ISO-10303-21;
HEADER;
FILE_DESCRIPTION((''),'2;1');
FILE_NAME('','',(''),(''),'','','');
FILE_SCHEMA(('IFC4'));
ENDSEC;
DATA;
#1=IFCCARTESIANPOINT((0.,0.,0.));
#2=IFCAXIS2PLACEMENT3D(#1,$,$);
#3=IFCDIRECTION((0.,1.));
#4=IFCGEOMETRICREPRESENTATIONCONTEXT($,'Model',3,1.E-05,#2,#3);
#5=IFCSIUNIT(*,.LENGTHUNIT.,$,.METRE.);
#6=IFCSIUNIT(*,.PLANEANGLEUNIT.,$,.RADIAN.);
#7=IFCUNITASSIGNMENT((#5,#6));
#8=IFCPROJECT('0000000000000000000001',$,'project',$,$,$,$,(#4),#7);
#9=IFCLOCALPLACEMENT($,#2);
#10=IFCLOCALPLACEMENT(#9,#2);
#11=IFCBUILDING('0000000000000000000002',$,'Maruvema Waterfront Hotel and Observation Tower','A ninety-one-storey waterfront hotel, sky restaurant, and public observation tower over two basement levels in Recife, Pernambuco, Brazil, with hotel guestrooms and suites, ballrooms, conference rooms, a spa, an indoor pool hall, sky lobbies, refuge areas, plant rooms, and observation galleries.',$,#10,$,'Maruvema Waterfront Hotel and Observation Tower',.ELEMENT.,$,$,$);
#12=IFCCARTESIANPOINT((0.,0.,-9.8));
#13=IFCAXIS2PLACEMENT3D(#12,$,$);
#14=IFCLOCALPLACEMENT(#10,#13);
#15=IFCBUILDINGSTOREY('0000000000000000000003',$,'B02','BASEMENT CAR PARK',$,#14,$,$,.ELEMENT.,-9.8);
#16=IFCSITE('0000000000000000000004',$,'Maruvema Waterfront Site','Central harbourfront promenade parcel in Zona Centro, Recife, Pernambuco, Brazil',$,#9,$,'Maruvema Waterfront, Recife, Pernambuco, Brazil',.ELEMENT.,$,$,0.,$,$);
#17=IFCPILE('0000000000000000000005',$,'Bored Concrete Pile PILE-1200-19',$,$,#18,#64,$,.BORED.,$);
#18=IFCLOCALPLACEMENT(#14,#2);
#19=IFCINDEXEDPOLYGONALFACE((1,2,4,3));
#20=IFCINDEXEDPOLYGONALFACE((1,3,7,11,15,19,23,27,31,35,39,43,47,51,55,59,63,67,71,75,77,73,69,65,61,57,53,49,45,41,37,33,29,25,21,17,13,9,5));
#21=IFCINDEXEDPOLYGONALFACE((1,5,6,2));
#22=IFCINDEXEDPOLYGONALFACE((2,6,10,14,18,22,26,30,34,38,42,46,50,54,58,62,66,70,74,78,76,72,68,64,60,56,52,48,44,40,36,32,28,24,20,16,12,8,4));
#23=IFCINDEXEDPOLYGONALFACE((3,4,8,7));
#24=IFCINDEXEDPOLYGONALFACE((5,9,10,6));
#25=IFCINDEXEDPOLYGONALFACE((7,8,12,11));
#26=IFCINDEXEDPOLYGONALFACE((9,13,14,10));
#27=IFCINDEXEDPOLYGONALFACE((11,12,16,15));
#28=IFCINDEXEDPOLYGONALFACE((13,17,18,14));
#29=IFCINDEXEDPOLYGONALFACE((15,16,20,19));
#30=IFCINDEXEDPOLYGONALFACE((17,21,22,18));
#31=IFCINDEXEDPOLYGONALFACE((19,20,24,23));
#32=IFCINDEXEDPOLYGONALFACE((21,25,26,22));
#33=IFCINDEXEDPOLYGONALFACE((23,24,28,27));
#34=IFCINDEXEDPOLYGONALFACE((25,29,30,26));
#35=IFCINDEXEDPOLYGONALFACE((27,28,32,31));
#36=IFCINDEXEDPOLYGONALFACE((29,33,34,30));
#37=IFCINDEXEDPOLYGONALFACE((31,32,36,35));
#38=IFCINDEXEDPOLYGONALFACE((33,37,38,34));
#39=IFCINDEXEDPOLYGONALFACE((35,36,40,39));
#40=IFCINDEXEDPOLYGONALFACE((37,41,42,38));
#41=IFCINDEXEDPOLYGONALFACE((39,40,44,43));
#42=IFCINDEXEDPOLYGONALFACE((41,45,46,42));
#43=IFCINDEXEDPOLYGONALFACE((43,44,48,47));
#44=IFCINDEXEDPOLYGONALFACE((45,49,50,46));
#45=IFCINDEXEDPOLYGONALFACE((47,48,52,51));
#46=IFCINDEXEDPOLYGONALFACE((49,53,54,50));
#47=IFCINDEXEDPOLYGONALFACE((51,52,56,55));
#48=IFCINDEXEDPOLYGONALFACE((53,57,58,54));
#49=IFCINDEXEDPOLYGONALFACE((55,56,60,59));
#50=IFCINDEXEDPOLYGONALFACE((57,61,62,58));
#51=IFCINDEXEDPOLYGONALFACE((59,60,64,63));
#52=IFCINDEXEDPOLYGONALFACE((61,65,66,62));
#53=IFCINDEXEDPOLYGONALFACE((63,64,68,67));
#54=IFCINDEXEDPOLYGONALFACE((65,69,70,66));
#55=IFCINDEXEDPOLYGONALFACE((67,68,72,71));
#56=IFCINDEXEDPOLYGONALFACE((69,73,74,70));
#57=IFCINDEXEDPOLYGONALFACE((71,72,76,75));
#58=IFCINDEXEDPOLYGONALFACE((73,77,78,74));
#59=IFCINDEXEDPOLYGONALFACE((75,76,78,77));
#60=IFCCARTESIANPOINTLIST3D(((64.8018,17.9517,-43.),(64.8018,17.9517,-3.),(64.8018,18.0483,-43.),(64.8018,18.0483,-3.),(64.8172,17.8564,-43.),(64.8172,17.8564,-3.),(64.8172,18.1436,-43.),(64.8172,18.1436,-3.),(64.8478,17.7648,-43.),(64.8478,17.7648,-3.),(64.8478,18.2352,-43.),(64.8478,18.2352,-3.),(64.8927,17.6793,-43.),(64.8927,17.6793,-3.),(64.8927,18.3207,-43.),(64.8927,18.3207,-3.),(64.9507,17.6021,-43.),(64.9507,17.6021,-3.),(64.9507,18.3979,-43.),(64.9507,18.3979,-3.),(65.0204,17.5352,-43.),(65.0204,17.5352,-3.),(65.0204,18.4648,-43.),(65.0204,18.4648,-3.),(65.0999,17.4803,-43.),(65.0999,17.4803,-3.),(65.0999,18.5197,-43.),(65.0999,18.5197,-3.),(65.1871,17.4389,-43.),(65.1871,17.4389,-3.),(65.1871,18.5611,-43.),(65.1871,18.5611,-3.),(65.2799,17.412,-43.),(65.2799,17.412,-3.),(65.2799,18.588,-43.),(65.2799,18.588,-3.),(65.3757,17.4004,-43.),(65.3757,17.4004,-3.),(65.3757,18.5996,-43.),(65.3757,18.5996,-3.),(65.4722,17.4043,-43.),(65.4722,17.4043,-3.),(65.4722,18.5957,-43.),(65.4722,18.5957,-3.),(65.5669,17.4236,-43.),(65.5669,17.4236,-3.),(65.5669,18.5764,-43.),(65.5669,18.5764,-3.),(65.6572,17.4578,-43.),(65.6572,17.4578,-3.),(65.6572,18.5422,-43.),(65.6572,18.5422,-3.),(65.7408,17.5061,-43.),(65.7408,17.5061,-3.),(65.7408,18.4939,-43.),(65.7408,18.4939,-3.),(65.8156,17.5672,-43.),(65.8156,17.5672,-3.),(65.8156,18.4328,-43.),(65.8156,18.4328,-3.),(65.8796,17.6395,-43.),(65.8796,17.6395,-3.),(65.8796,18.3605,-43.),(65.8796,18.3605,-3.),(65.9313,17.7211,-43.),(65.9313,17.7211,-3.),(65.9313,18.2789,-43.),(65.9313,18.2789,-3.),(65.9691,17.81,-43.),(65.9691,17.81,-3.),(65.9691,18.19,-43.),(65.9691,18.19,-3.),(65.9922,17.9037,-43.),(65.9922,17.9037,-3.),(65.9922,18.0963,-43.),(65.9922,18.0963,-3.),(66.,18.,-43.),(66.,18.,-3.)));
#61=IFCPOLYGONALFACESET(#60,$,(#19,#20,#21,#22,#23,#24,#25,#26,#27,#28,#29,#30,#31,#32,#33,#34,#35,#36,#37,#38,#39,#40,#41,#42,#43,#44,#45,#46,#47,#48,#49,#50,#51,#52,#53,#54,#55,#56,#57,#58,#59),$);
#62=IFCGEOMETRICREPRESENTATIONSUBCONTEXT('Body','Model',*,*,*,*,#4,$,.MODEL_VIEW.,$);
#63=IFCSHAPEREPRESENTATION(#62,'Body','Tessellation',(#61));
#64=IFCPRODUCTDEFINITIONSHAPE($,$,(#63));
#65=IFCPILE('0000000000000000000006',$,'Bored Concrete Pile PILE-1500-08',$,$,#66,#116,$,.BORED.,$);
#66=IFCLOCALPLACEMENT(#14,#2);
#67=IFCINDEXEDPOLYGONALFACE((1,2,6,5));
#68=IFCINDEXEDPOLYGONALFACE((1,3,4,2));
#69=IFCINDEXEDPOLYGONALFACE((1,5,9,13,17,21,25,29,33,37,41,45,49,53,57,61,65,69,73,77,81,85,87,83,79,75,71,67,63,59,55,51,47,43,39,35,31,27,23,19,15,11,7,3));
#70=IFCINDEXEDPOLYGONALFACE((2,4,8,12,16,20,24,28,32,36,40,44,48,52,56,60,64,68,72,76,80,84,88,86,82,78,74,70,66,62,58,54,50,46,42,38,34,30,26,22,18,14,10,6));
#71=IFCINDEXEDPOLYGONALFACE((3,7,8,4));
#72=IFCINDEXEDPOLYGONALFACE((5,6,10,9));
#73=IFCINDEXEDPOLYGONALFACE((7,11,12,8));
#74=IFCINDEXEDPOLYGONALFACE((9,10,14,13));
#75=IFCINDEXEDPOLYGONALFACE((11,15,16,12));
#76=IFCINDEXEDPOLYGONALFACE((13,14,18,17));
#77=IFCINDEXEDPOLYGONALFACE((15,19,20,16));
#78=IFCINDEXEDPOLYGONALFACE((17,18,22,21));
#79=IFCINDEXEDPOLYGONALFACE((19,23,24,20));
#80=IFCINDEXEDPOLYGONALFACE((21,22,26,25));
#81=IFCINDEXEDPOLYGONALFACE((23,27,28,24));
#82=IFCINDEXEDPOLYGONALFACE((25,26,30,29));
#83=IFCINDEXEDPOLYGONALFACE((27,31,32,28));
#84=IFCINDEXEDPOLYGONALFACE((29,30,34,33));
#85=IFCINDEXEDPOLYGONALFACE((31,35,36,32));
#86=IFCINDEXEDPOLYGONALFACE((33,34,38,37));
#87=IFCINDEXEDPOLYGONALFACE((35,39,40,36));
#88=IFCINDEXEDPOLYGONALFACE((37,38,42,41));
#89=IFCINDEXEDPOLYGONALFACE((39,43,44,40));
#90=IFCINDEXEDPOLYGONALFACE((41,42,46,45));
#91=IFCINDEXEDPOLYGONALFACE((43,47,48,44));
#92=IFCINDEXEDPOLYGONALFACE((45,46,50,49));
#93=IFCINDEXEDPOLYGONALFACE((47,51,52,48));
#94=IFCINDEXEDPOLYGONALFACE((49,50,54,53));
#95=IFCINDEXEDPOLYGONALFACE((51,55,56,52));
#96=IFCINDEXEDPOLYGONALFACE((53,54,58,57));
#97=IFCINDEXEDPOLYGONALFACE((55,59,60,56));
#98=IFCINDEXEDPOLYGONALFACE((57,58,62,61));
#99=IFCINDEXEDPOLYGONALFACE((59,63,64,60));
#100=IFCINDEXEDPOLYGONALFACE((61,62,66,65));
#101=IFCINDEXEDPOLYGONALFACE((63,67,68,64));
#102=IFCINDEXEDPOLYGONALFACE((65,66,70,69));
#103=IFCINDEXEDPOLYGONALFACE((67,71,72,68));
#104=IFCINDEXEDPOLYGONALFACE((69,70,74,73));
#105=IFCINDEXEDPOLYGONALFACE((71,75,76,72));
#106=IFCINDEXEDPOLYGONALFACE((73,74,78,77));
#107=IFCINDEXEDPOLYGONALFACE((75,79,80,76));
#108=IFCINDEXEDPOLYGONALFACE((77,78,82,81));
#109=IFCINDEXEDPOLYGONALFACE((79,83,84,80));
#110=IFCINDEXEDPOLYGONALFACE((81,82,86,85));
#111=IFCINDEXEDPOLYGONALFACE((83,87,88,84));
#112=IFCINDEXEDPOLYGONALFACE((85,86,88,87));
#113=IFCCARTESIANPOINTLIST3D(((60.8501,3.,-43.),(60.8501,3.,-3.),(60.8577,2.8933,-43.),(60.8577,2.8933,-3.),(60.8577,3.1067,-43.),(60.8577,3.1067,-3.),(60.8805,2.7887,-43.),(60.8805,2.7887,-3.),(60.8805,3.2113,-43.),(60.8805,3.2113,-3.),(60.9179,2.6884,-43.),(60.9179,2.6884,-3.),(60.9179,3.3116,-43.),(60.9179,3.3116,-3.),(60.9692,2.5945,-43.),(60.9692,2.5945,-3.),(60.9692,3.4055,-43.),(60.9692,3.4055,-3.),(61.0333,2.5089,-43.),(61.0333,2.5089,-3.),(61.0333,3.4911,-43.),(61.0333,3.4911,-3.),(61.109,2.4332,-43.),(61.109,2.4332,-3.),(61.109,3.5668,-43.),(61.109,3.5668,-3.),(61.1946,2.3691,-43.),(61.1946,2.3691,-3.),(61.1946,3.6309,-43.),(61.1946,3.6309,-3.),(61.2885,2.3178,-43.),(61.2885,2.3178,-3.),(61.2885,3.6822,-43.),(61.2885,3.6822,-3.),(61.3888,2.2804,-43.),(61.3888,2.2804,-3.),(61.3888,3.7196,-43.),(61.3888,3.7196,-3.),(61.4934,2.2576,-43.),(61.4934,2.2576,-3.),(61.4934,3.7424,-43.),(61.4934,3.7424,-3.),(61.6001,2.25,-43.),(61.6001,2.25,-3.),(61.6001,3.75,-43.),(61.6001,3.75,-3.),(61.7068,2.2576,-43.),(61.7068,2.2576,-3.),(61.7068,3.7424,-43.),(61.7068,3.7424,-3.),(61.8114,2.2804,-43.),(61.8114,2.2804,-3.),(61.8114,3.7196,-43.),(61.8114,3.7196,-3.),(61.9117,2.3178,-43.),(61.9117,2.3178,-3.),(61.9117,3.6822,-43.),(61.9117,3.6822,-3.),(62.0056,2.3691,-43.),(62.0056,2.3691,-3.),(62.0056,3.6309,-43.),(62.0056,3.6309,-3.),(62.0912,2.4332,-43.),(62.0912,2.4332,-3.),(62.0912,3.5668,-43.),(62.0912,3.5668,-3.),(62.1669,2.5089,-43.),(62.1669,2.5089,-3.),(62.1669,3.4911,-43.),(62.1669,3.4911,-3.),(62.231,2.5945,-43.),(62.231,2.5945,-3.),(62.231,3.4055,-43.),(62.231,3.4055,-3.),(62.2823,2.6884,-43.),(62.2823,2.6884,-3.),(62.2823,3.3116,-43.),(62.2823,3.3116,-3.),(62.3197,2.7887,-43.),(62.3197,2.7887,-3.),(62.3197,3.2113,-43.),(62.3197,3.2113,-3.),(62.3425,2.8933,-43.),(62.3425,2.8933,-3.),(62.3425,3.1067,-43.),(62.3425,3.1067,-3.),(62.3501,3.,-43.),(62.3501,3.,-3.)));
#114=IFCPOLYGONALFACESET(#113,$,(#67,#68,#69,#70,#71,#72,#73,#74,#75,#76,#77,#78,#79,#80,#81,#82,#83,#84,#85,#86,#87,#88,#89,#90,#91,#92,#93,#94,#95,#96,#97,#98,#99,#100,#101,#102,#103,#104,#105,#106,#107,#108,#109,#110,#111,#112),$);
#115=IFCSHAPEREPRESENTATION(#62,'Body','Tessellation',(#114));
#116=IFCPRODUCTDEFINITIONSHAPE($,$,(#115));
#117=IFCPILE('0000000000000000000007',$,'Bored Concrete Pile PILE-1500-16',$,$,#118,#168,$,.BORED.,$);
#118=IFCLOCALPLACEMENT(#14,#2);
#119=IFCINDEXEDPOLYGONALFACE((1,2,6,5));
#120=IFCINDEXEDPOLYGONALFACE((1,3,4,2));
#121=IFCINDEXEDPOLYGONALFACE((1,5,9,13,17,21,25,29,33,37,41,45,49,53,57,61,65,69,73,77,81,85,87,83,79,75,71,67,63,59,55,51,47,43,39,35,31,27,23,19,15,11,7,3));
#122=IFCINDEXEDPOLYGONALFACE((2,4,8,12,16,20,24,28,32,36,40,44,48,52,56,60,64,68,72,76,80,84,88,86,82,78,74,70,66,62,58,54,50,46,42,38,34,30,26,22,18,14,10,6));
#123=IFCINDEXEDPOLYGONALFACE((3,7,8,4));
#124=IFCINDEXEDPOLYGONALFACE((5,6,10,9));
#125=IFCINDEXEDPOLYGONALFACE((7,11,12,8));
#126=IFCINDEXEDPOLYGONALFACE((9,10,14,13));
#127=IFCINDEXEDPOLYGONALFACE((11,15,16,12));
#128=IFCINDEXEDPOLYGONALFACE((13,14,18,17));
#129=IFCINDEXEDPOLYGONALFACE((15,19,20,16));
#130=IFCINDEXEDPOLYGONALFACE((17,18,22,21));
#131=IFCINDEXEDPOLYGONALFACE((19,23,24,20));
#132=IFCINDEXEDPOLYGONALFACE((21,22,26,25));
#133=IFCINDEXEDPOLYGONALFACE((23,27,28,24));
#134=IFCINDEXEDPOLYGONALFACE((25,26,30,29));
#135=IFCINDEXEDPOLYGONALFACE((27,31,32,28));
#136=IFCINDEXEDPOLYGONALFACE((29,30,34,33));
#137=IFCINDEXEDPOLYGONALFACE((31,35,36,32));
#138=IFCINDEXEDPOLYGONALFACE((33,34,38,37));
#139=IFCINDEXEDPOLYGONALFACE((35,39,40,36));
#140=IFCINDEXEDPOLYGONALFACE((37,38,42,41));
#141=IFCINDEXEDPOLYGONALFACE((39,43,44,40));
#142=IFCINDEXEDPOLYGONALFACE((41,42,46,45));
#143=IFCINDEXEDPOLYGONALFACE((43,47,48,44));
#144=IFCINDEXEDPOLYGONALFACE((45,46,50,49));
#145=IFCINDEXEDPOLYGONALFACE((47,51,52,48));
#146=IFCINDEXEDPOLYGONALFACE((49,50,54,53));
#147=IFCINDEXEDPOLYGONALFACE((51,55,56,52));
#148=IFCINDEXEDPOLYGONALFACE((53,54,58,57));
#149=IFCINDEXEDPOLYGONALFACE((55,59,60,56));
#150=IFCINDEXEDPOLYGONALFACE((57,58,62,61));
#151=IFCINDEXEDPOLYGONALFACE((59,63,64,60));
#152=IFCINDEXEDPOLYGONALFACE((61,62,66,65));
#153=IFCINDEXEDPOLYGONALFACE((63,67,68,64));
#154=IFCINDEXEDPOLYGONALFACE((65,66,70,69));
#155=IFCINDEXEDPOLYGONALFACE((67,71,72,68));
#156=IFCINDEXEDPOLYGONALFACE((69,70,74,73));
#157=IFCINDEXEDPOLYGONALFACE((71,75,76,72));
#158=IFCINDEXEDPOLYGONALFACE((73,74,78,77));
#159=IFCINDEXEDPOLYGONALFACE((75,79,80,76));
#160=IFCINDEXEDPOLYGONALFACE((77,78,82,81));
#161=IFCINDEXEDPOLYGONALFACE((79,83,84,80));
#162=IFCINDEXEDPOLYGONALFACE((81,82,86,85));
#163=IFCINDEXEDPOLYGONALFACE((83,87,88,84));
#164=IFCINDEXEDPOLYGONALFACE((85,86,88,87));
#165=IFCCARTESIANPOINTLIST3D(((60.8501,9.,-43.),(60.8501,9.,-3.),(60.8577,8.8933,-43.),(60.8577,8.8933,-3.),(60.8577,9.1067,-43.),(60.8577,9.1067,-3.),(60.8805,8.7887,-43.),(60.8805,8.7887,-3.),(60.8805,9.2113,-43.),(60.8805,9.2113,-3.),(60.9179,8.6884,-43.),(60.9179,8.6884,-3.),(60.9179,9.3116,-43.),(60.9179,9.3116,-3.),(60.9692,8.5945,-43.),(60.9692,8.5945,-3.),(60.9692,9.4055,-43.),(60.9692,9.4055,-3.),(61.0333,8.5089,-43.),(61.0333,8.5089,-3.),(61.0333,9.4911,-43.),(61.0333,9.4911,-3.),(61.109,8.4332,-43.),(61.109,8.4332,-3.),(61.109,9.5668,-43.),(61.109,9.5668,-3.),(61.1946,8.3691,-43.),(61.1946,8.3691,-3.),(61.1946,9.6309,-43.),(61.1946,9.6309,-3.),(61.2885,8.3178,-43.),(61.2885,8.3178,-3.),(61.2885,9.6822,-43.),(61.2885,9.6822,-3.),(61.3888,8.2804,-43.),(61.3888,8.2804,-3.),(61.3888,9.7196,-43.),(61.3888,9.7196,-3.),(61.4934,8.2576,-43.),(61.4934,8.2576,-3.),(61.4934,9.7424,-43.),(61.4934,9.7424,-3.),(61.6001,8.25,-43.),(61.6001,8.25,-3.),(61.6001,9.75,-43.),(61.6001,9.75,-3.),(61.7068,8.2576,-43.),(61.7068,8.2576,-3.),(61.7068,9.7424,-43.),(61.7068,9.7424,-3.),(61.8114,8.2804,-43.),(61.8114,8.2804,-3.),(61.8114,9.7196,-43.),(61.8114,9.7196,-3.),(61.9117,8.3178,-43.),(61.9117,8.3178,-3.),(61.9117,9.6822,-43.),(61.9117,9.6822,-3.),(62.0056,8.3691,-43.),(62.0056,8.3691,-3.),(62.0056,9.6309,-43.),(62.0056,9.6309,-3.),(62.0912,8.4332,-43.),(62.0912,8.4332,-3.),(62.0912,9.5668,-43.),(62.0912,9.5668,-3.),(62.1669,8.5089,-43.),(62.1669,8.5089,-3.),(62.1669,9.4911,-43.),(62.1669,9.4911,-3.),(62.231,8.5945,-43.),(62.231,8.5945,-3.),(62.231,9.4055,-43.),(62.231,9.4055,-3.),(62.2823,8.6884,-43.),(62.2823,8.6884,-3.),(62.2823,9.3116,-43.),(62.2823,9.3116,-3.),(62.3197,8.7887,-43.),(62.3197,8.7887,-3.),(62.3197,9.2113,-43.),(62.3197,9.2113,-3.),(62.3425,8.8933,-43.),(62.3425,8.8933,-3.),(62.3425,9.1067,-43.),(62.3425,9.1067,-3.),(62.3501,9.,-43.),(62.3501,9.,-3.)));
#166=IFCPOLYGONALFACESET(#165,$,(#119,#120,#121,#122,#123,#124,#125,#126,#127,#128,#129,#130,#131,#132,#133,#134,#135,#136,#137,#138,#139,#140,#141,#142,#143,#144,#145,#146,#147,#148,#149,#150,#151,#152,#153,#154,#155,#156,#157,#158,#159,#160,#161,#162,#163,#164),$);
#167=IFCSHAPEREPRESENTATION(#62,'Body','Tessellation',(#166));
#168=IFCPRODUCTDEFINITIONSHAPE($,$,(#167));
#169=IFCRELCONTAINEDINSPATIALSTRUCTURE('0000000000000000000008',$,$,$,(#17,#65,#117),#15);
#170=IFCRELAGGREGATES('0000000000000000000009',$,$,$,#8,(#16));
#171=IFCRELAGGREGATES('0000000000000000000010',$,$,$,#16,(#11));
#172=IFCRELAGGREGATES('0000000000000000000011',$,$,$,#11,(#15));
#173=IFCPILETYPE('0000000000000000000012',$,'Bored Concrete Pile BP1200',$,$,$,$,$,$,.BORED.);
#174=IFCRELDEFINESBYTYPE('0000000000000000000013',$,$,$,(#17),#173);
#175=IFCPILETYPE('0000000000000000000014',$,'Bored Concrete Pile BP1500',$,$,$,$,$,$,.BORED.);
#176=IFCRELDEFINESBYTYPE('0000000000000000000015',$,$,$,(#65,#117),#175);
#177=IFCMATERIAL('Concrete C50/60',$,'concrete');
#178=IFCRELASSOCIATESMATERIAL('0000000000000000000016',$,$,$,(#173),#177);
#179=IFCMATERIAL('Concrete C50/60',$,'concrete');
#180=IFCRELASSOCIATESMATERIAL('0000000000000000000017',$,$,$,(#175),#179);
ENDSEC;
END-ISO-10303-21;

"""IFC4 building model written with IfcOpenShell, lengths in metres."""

from ifc_helpers import new_model, si_unit, direction, frame, origin, origin_2d, place, context, subcontext, project, spatial, circle, extrude, material, material_profile, profile_set, type_object, element, save


model = new_model("IFC4")

# Units and contexts
model_context = context("Model", 3, precision=1e-05, world=origin(), true_north=direction((0.0, 1.0)))
body_context = subcontext(model_context, "Body", "Model", "MODEL_VIEW")
ifc_project = project(units=[si_unit("LENGTHUNIT", "METRE"), si_unit("PLANEANGLEUNIT", "RADIAN")], contexts=[model_context])

# Site, building, storey
site_placement = place(None, origin())
site = spatial("IfcSite", under=ifc_project, at=site_placement, Name="Maruvema Waterfront Site", Description="Central harbourfront promenade parcel in Zona Centro, Recife, Pernambuco, Brazil", LongName="Maruvema Waterfront, Recife, Pernambuco, Brazil", CompositionType="ELEMENT", RefElevation=0.0)
building_placement = place(site_placement, origin())
building = spatial("IfcBuilding", under=site, at=building_placement, Name="Maruvema Waterfront Hotel and Observation Tower", Description="A ninety-one-storey waterfront hotel, sky restaurant, and public observation tower over two basement levels in Recife, Pernambuco, Brazil, with hotel guestrooms and suites, ballrooms, conference rooms, a spa, an indoor pool hall, sky lobbies, refuge areas, plant rooms, and observation galleries.", LongName="Maruvema Waterfront Hotel and Observation Tower", CompositionType="ELEMENT")
storey_placement = place(building_placement, frame((0.0, 0.0, -9.8)))
storey = spatial("IfcBuildingStorey", under=building, at=storey_placement, Name="B02", Description="BASEMENT CAR PARK", CompositionType="ELEMENT", Elevation=-9.8)

# Piles
ifc_material_1 = material(Name="Concrete C50/60", Category="concrete")
ifc_material_profile_1 = material_profile(ifc_material_1, circle(Radius=0.6001, at=origin_2d()), Name="BP1200")
ifc_profile_set_1 = profile_set([ifc_material_profile_1], Name="Concrete C50/60")
pile_type_1 = type_object("IfcPileType", Name="Bored Concrete Pile BP1200", PredefinedType="BORED", material=ifc_profile_set_1)
for number, where, z_axis, x_axis, name in (
    (1, (65.3999, 18.0, -3.0), (0.0, 0.0, -1.0), (1.0, 0.0, 0.0), "Bored Concrete Pile PILE-1200-19"),
):
    element("IfcPile", number, at=place(storey_placement, frame(where, z_axis=z_axis, x_axis=x_axis)), inside=storey, type_object=pile_type_1, Name=name, PredefinedType="BORED", context=body_context, shape_type="SweptSolid", body=[
        extrude(circle(Radius=0.6001, at=origin_2d()), origin(), (0.0, 0.0, 1.0), 40.0),
    ])
ifc_material_2 = material(Name="Concrete C50/60", Category="concrete")
ifc_material_profile_2 = material_profile(ifc_material_2, circle(Radius=0.75, at=origin_2d()), Name="BP1500")
ifc_profile_set_2 = profile_set([ifc_material_profile_2], Name="Concrete C50/60")
pile_type_2 = type_object("IfcPileType", Name="Bored Concrete Pile BP1500", PredefinedType="BORED", material=ifc_profile_set_2)
for number, where, z_axis, x_axis, name in (
    (2, (61.6001, 3.0, -3.0), (0.0, 0.0, -1.0), (1.0, 0.0, 0.0), "Bored Concrete Pile PILE-1500-08"),
    (3, (61.6001, 9.0, -3.0), (0.0, 0.0, -1.0), (1.0, 0.0, 0.0), "Bored Concrete Pile PILE-1500-16"),
):
    element("IfcPile", number, at=place(storey_placement, frame(where, z_axis=z_axis, x_axis=x_axis)), inside=storey, type_object=pile_type_2, Name=name, PredefinedType="BORED", context=body_context, shape_type="SweptSolid", body=[
        extrude(circle(Radius=0.75, at=origin_2d()), origin(), (0.0, 0.0, 1.0), 40.0),
    ])

save(model, "model.ifc")
